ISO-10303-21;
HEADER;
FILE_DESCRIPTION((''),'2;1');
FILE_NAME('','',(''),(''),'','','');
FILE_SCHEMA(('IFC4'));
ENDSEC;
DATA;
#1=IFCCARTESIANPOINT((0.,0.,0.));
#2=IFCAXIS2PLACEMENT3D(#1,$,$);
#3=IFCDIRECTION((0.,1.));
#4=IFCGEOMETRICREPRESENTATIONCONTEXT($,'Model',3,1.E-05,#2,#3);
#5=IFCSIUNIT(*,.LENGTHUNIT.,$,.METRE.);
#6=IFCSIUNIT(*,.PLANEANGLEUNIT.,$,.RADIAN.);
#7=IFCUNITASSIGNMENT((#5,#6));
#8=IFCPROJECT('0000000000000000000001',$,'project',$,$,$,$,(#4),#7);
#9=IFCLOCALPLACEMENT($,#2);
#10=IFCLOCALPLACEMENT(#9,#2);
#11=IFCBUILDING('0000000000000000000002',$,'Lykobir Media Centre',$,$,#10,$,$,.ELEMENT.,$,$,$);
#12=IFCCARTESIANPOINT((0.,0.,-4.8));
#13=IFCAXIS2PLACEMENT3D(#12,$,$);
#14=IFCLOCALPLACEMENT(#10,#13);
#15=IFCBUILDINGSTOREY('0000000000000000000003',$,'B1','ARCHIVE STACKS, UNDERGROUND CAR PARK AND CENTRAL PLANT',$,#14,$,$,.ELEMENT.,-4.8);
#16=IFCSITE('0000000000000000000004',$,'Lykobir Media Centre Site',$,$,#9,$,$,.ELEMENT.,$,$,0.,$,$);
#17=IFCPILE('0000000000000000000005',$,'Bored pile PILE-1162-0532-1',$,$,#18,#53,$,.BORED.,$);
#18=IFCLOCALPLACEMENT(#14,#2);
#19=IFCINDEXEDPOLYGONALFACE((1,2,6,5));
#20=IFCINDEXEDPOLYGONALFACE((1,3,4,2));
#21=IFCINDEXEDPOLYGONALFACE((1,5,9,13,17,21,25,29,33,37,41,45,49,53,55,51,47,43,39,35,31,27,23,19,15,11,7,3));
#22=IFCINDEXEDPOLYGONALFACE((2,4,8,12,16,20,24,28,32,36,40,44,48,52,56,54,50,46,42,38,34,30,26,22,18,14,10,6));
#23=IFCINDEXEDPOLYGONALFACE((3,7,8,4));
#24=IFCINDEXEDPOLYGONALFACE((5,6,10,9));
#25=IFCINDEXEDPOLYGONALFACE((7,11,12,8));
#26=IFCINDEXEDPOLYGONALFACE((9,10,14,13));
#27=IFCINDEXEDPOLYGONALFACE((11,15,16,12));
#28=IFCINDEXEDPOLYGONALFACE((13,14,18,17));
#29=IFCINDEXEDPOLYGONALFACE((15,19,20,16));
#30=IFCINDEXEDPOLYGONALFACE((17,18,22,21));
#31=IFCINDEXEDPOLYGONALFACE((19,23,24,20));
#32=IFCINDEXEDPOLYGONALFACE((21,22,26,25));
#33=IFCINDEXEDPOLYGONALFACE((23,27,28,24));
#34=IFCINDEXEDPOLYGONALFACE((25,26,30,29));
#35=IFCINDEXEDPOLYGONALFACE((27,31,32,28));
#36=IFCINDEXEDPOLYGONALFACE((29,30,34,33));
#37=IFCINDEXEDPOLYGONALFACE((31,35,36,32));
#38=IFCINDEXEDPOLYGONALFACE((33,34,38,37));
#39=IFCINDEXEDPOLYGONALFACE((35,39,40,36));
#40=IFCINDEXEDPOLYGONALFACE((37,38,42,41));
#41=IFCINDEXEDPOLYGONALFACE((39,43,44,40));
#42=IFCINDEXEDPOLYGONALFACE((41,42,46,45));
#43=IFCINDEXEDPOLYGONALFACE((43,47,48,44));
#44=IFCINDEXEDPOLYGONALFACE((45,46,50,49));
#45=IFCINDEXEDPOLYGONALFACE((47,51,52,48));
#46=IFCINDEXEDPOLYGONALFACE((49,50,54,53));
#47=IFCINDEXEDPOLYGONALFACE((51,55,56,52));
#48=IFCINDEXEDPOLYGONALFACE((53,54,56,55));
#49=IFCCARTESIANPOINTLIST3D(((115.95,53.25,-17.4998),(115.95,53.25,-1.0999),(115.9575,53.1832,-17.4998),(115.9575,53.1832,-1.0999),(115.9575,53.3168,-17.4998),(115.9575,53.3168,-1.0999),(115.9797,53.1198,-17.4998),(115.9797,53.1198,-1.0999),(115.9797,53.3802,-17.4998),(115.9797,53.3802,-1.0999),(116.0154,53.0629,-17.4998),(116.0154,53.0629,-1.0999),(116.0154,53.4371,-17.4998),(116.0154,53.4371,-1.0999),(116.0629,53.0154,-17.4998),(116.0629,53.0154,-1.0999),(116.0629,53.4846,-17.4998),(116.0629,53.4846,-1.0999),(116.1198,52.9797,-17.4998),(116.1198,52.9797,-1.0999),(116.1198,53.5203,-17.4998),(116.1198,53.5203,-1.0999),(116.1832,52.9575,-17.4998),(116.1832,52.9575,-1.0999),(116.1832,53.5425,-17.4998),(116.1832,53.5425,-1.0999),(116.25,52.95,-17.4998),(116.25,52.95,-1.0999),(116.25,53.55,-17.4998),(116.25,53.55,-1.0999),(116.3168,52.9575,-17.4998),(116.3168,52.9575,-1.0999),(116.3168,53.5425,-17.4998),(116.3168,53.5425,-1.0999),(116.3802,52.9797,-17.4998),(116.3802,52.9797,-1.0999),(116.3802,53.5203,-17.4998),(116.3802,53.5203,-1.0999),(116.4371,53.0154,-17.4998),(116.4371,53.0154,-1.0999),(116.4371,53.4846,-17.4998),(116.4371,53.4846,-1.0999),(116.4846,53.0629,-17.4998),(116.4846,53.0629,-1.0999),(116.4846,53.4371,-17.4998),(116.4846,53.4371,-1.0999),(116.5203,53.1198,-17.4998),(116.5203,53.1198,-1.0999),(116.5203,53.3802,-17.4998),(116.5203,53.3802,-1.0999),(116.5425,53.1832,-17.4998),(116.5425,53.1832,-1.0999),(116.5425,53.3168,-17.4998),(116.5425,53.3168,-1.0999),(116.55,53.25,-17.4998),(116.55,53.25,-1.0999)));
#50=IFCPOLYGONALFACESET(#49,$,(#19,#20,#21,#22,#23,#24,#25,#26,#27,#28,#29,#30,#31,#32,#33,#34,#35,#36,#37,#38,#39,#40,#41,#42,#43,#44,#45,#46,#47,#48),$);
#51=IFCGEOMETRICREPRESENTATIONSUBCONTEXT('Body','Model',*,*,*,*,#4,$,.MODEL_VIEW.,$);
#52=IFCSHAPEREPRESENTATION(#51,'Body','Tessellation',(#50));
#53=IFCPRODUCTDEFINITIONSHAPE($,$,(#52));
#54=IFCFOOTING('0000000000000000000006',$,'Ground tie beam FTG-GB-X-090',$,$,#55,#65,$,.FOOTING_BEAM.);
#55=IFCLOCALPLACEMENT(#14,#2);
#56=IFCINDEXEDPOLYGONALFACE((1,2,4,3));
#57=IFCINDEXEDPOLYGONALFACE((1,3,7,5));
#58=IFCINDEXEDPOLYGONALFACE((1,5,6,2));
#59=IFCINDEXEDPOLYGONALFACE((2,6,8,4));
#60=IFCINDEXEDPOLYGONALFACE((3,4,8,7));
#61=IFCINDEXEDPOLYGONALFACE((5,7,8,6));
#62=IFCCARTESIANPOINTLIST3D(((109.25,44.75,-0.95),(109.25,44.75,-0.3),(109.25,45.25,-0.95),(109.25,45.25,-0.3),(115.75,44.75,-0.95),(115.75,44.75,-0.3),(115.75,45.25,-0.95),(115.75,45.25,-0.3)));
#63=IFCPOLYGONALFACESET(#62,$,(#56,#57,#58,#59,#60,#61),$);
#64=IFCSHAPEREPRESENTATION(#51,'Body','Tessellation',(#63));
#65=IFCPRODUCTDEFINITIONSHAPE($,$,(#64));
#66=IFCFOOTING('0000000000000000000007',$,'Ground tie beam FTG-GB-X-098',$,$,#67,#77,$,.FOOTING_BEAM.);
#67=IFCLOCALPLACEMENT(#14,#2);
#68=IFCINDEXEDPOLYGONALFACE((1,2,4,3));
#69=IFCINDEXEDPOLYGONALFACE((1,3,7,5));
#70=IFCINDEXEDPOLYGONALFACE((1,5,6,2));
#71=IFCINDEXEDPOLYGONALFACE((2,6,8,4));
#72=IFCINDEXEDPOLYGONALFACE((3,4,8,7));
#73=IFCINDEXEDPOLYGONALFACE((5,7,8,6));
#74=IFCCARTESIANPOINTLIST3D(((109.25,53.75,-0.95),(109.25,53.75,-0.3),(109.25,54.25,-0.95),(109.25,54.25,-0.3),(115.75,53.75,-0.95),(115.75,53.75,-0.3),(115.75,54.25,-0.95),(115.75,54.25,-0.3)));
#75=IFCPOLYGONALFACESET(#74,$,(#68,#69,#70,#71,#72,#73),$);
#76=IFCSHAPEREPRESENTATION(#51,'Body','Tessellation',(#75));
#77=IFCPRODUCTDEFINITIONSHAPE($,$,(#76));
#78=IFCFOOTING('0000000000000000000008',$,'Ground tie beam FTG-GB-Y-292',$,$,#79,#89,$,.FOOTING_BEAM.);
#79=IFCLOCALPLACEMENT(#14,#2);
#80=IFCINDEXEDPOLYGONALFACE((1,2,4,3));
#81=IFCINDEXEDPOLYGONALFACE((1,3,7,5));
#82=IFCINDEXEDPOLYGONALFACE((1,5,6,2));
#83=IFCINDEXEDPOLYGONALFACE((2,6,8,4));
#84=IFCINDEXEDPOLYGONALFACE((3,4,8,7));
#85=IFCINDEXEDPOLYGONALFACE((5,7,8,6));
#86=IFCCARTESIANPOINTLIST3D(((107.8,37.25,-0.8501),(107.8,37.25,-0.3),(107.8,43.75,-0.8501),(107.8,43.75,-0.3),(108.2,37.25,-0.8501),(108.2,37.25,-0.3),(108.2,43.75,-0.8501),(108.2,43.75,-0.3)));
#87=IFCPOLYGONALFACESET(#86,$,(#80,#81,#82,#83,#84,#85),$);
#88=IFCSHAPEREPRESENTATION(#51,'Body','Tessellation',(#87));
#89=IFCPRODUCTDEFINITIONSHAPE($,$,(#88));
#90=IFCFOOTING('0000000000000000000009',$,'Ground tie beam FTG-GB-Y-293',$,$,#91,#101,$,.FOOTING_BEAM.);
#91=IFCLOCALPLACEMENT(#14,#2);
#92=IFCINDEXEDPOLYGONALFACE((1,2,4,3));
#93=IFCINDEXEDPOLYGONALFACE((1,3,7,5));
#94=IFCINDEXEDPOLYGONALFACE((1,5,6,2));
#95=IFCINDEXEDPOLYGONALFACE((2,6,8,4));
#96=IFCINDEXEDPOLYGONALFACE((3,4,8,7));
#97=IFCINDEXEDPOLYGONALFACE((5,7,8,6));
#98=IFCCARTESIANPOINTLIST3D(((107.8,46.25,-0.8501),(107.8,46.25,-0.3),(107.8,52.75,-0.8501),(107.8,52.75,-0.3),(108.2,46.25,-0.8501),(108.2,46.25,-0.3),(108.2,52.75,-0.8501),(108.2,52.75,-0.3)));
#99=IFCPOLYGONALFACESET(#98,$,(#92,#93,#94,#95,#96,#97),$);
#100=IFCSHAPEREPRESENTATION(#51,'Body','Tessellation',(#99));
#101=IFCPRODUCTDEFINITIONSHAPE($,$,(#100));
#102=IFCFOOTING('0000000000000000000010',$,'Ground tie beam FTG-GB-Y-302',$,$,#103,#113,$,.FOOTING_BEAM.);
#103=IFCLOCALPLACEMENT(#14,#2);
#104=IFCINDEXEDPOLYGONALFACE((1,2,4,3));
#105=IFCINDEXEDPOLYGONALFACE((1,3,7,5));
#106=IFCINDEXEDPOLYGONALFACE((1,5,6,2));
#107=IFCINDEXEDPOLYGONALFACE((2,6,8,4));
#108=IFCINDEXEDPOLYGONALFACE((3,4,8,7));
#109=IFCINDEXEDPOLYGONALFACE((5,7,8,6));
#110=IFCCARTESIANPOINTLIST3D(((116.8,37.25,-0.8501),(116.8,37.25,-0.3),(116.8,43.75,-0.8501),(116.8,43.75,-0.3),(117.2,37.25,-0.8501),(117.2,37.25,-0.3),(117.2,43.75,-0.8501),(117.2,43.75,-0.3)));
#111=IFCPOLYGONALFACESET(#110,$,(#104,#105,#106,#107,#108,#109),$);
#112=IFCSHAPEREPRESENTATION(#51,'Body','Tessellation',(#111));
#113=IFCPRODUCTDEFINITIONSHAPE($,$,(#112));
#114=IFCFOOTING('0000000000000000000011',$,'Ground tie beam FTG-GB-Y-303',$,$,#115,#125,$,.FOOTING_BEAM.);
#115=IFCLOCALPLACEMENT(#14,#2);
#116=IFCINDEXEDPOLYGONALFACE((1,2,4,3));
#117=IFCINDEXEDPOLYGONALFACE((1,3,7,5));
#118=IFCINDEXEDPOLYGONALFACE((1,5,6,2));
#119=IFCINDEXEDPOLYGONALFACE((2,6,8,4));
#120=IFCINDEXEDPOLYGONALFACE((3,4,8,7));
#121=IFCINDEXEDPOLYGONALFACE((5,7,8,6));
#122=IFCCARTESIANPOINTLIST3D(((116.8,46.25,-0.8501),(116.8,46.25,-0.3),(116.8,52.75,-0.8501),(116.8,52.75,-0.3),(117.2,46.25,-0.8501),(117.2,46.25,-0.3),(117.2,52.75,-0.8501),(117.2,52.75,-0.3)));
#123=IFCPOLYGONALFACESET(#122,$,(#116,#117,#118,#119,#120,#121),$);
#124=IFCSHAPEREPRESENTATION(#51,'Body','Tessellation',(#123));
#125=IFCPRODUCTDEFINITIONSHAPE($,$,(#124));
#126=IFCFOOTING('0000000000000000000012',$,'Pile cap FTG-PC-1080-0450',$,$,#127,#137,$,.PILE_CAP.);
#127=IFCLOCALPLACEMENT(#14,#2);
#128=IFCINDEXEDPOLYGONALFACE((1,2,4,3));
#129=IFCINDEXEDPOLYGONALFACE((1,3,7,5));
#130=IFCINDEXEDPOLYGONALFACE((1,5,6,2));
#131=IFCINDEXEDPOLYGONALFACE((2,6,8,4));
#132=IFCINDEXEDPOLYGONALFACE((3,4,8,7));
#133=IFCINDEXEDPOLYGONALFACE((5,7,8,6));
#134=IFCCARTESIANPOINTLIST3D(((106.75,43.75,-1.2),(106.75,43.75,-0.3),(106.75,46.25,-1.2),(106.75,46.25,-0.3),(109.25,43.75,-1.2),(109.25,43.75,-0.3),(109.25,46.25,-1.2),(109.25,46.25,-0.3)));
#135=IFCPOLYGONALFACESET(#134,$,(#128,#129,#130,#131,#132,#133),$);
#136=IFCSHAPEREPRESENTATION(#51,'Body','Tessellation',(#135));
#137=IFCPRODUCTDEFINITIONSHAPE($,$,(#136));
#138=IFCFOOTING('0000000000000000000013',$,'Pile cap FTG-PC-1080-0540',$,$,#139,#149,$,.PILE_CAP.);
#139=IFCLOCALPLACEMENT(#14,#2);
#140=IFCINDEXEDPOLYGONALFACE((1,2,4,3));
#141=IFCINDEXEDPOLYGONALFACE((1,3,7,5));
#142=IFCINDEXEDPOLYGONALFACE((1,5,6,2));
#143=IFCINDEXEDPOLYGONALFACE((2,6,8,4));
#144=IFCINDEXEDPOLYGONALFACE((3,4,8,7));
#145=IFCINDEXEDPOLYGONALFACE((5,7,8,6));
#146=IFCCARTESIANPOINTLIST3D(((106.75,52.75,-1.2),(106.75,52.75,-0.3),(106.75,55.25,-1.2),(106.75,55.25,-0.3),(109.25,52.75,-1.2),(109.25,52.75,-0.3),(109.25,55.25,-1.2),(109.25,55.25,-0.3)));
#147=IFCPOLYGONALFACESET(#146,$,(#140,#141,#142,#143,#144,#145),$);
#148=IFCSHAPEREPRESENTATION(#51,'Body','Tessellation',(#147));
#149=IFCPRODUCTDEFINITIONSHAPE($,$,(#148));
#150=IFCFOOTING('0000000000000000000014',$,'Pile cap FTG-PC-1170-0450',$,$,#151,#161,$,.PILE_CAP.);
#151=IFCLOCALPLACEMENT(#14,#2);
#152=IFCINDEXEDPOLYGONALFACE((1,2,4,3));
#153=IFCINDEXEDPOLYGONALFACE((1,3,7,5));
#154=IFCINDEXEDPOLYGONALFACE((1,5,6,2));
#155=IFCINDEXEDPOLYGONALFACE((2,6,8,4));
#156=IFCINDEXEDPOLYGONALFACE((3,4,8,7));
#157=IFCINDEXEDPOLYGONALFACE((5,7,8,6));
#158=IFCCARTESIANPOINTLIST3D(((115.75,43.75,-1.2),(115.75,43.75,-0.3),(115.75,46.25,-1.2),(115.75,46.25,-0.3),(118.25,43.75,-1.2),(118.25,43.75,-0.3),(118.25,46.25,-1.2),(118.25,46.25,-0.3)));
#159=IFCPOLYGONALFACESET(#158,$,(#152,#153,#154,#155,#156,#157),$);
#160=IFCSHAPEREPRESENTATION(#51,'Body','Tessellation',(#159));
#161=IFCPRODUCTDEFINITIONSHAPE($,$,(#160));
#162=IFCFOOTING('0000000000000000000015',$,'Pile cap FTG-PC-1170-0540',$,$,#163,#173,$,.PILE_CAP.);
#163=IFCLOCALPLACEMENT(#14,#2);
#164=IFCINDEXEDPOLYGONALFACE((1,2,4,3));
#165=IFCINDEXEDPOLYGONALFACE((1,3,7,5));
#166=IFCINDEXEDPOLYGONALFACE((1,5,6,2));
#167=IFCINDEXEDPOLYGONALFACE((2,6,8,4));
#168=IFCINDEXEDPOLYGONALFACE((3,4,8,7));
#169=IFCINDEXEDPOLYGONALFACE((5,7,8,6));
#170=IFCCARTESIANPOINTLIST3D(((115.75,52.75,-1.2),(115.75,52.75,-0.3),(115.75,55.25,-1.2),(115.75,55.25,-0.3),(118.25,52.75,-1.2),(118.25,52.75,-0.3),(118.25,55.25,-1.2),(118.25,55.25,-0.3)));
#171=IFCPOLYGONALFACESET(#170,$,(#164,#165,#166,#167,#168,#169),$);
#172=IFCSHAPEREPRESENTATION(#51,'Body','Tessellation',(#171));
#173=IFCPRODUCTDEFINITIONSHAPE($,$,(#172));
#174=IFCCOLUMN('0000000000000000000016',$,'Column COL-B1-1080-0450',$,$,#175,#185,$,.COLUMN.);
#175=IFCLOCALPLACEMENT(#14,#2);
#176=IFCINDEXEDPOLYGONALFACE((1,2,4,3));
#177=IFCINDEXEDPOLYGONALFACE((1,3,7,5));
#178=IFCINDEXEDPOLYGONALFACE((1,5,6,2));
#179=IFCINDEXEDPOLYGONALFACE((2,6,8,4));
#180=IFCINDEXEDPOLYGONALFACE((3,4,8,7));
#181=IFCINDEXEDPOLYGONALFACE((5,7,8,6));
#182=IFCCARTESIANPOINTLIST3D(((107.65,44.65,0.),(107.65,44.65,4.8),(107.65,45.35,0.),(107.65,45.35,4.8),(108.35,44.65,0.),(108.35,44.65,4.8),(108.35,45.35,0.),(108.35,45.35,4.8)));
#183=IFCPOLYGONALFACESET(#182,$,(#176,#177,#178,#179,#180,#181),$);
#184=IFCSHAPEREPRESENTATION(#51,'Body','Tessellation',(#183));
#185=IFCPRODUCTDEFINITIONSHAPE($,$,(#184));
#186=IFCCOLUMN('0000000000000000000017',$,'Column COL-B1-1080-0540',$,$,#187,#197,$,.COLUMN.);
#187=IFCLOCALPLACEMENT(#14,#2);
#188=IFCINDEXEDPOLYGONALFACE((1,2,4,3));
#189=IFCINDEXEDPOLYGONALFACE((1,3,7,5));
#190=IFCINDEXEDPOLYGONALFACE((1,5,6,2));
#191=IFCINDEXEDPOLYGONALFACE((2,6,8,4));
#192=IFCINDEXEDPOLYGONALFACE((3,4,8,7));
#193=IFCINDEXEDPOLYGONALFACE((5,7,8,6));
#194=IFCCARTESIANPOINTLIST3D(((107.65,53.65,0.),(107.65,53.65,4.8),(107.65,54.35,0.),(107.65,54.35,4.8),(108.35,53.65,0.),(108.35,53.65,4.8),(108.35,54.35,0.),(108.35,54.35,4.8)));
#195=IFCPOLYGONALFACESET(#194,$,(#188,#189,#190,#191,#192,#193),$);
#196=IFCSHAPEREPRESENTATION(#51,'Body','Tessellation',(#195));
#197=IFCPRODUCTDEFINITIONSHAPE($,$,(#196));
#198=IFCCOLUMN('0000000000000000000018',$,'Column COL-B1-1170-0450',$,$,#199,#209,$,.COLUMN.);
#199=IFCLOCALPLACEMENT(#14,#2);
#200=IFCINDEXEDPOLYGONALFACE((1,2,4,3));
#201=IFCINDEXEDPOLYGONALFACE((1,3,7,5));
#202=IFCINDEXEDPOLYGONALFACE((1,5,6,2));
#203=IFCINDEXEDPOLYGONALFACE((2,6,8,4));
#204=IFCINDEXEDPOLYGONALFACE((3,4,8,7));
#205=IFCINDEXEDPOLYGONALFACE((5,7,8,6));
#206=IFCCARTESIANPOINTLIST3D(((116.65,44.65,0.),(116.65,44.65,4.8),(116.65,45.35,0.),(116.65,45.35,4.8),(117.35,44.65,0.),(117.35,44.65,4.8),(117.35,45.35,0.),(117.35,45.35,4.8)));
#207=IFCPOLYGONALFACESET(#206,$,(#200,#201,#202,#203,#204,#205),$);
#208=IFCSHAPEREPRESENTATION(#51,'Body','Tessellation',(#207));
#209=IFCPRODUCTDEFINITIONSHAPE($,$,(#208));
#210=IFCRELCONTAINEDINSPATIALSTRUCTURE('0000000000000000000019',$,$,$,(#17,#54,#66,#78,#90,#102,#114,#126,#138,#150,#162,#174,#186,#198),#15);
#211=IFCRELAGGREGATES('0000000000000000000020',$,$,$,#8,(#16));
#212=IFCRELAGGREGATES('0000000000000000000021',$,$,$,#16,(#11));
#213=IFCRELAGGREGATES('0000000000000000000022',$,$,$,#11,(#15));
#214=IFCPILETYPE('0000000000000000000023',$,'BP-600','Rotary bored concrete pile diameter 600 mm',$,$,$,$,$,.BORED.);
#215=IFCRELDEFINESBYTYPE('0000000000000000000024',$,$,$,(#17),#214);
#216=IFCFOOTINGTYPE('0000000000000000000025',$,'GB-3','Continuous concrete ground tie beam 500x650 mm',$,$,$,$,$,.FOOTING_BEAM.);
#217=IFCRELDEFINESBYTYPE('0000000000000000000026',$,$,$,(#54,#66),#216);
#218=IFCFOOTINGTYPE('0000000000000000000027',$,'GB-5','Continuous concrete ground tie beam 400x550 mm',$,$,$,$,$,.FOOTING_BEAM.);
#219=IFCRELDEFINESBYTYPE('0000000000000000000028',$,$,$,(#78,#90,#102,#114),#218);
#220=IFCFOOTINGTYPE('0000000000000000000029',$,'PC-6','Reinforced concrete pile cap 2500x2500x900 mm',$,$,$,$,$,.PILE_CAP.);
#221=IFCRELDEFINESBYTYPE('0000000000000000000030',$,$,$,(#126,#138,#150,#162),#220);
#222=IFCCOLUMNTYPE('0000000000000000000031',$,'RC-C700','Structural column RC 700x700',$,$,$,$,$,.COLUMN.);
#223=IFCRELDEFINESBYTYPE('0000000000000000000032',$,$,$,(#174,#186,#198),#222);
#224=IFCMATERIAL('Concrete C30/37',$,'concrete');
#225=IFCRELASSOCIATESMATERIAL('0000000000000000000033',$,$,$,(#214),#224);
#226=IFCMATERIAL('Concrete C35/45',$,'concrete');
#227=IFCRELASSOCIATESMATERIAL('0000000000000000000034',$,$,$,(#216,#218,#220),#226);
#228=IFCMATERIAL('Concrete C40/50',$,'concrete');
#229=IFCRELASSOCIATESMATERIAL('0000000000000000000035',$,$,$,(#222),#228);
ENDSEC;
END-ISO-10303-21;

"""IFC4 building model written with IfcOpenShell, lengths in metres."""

from ifc_helpers import new_model, si_unit, direction, frame, origin, origin_2d, place, context, subcontext, project, spatial, rectangle, circle, extrude, material, material_profile, profile_set, type_object, element, save


model = new_model("IFC4")

# Units and contexts
model_context = context("Model", 3, precision=1e-05, world=origin(), true_north=direction((0.0, 1.0)))
body_context = subcontext(model_context, "Body", "Model", "MODEL_VIEW")
ifc_project = project(units=[si_unit("LENGTHUNIT", "METRE"), si_unit("PLANEANGLEUNIT", "RADIAN")], contexts=[model_context])

# Site, building, storey
site_placement = place(None, origin())
site = spatial("IfcSite", under=ifc_project, at=site_placement, Name="Lykobir Media Centre Site", CompositionType="ELEMENT", RefElevation=0.0)
building_placement = place(site_placement, origin())
building = spatial("IfcBuilding", under=site, at=building_placement, Name="Lykobir Media Centre", CompositionType="ELEMENT")
storey_placement = place(building_placement, frame((0.0, 0.0, -4.8)))
storey = spatial("IfcBuildingStorey", under=building, at=storey_placement, Name="B1", Description="ARCHIVE STACKS, UNDERGROUND CAR PARK AND CENTRAL PLANT", CompositionType="ELEMENT", Elevation=-4.8)

# Pile
ifc_material_1 = material(Name="Concrete C30/37", Category="concrete")
ifc_material_profile_1 = material_profile(ifc_material_1, circle(Radius=0.3, at=origin_2d()), Name="BORED PILE D600")
ifc_profile_set_1 = profile_set([ifc_material_profile_1], Name="Concrete C30/37")
pile_type = type_object("IfcPileType", Name="BP-600", Description="Rotary bored concrete pile diameter 600 mm", PredefinedType="BORED", material=ifc_profile_set_1)
for number, where, z_axis, x_axis, name in (
    (1, (116.25, 53.25, -1.0999), (0.0, 0.0, -1.0), (1.0, 0.0, 0.0), "Bored pile PILE-1162-0532-1"),
):
    element("IfcPile", number, at=place(storey_placement, frame(where, z_axis=z_axis, x_axis=x_axis)), inside=storey, type_object=pile_type, Name=name, PredefinedType="BORED", context=body_context, shape_type="SweptSolid", body=[
        extrude(circle(Radius=0.3, at=origin_2d()), origin(), (0.0, 0.0, 1.0), 16.3999),
    ])

# Footings
ifc_material_2 = material(Name="Concrete C35/45", Category="concrete")
footing_type_1 = type_object("IfcFootingType", Name="GB-3", Description="Continuous concrete ground tie beam 500x650 mm", PredefinedType="FOOTING_BEAM", material=ifc_material_2)
for number, where, z_axis, x_axis, name in (
    (2, (112.5, 45.0, -0.95), (0.0, 0.0, 1.0), (1.0, 0.0, 0.0), "Ground tie beam FTG-GB-X-090"),
    (3, (112.5, 54.0, -0.95), (0.0, 0.0, 1.0), (1.0, 0.0, 0.0), "Ground tie beam FTG-GB-X-098"),
):
    element("IfcFooting", number, at=place(storey_placement, frame(where, z_axis=z_axis, x_axis=x_axis)), inside=storey, type_object=footing_type_1, Name=name, PredefinedType="FOOTING_BEAM", context=body_context, shape_type="SweptSolid", body=[
        extrude(rectangle(XDim=6.5, YDim=0.5, at=origin_2d()), origin(), (0.0, 0.0, 1.0), 0.6499),
    ])
footing_type_2 = type_object("IfcFootingType", Name="GB-5", Description="Continuous concrete ground tie beam 400x550 mm", PredefinedType="FOOTING_BEAM", material=ifc_material_2)
for number, where, z_axis, x_axis, name in (
    (4, (108.0, 40.5, -0.8501), (0.0, 0.0, 1.0), (0.0, 1.0, 0.0), "Ground tie beam FTG-GB-Y-292"),
    (5, (108.0, 49.5, -0.8501), (0.0, 0.0, 1.0), (0.0, 1.0, 0.0), "Ground tie beam FTG-GB-Y-293"),
    (6, (117.0, 40.5, -0.8501), (0.0, 0.0, 1.0), (0.0, 1.0, 0.0), "Ground tie beam FTG-GB-Y-302"),
    (7, (117.0, 49.5, -0.8501), (0.0, 0.0, 1.0), (0.0, 1.0, 0.0), "Ground tie beam FTG-GB-Y-303"),
):
    element("IfcFooting", number, at=place(storey_placement, frame(where, z_axis=z_axis, x_axis=x_axis)), inside=storey, type_object=footing_type_2, Name=name, PredefinedType="FOOTING_BEAM", context=body_context, shape_type="SweptSolid", body=[
        extrude(rectangle(XDim=6.5, YDim=0.3999, at=origin_2d()), origin(), (0.0, 0.0, 1.0), 0.55),
    ])
footing_type_3 = type_object("IfcFootingType", Name="PC-6", Description="Reinforced concrete pile cap 2500x2500x900 mm", PredefinedType="PILE_CAP", material=ifc_material_2)
for number, where, z_axis, x_axis, name in (
    (8, (108.0, 45.0, -1.2), (0.0, 0.0, 1.0), (1.0, 0.0, 0.0), "Pile cap FTG-PC-1080-0450"),
    (9, (108.0, 54.0, -1.2), (0.0, 0.0, 1.0), (1.0, 0.0, 0.0), "Pile cap FTG-PC-1080-0540"),
    (10, (117.0, 45.0, -1.2), (0.0, 0.0, 1.0), (1.0, 0.0, 0.0), "Pile cap FTG-PC-1170-0450"),
    (11, (117.0, 54.0, -1.2), (0.0, 0.0, 1.0), (1.0, 0.0, 0.0), "Pile cap FTG-PC-1170-0540"),
):
    element("IfcFooting", number, at=place(storey_placement, frame(where, z_axis=z_axis, x_axis=x_axis)), inside=storey, type_object=footing_type_3, Name=name, PredefinedType="PILE_CAP", context=body_context, shape_type="SweptSolid", body=[
        extrude(rectangle(XDim=2.5, YDim=2.5, at=origin_2d()), origin(), (0.0, 0.0, 1.0), 0.8999),
    ])

# Columns
ifc_material_3 = material(Name="Concrete C40/50", Category="concrete")
ifc_material_profile_2 = material_profile(ifc_material_3, rectangle(XDim=0.7, YDim=0.7, at=origin_2d()), Name="RC 700x700")
ifc_profile_set_2 = profile_set([ifc_material_profile_2], Name="Concrete C40/50")
column_type = type_object("IfcColumnType", Name="RC-C700", Description="Structural column RC 700x700", PredefinedType="COLUMN", material=ifc_profile_set_2)
for number, where, z_axis, x_axis, name in (
    (12, (108.0, 45.0, 0.0), (0.0, 0.0, 1.0), (1.0, 0.0, 0.0), "Column COL-B1-1080-0450"),
    (13, (108.0, 54.0, 0.0), (0.0, 0.0, 1.0), (1.0, 0.0, 0.0), "Column COL-B1-1080-0540"),
    (14, (117.0, 45.0, 0.0), (0.0, 0.0, 1.0), (1.0, 0.0, 0.0), "Column COL-B1-1170-0450"),
):
    element("IfcColumn", number, at=place(storey_placement, frame(where, z_axis=z_axis, x_axis=x_axis)), inside=storey, type_object=column_type, Name=name, PredefinedType="COLUMN", context=body_context, shape_type="SweptSolid", body=[
        extrude(rectangle(XDim=0.7, YDim=0.7, at=origin_2d()), origin(), (0.0, 0.0, 1.0), 4.8),
    ])

save(model, "model.ifc")
